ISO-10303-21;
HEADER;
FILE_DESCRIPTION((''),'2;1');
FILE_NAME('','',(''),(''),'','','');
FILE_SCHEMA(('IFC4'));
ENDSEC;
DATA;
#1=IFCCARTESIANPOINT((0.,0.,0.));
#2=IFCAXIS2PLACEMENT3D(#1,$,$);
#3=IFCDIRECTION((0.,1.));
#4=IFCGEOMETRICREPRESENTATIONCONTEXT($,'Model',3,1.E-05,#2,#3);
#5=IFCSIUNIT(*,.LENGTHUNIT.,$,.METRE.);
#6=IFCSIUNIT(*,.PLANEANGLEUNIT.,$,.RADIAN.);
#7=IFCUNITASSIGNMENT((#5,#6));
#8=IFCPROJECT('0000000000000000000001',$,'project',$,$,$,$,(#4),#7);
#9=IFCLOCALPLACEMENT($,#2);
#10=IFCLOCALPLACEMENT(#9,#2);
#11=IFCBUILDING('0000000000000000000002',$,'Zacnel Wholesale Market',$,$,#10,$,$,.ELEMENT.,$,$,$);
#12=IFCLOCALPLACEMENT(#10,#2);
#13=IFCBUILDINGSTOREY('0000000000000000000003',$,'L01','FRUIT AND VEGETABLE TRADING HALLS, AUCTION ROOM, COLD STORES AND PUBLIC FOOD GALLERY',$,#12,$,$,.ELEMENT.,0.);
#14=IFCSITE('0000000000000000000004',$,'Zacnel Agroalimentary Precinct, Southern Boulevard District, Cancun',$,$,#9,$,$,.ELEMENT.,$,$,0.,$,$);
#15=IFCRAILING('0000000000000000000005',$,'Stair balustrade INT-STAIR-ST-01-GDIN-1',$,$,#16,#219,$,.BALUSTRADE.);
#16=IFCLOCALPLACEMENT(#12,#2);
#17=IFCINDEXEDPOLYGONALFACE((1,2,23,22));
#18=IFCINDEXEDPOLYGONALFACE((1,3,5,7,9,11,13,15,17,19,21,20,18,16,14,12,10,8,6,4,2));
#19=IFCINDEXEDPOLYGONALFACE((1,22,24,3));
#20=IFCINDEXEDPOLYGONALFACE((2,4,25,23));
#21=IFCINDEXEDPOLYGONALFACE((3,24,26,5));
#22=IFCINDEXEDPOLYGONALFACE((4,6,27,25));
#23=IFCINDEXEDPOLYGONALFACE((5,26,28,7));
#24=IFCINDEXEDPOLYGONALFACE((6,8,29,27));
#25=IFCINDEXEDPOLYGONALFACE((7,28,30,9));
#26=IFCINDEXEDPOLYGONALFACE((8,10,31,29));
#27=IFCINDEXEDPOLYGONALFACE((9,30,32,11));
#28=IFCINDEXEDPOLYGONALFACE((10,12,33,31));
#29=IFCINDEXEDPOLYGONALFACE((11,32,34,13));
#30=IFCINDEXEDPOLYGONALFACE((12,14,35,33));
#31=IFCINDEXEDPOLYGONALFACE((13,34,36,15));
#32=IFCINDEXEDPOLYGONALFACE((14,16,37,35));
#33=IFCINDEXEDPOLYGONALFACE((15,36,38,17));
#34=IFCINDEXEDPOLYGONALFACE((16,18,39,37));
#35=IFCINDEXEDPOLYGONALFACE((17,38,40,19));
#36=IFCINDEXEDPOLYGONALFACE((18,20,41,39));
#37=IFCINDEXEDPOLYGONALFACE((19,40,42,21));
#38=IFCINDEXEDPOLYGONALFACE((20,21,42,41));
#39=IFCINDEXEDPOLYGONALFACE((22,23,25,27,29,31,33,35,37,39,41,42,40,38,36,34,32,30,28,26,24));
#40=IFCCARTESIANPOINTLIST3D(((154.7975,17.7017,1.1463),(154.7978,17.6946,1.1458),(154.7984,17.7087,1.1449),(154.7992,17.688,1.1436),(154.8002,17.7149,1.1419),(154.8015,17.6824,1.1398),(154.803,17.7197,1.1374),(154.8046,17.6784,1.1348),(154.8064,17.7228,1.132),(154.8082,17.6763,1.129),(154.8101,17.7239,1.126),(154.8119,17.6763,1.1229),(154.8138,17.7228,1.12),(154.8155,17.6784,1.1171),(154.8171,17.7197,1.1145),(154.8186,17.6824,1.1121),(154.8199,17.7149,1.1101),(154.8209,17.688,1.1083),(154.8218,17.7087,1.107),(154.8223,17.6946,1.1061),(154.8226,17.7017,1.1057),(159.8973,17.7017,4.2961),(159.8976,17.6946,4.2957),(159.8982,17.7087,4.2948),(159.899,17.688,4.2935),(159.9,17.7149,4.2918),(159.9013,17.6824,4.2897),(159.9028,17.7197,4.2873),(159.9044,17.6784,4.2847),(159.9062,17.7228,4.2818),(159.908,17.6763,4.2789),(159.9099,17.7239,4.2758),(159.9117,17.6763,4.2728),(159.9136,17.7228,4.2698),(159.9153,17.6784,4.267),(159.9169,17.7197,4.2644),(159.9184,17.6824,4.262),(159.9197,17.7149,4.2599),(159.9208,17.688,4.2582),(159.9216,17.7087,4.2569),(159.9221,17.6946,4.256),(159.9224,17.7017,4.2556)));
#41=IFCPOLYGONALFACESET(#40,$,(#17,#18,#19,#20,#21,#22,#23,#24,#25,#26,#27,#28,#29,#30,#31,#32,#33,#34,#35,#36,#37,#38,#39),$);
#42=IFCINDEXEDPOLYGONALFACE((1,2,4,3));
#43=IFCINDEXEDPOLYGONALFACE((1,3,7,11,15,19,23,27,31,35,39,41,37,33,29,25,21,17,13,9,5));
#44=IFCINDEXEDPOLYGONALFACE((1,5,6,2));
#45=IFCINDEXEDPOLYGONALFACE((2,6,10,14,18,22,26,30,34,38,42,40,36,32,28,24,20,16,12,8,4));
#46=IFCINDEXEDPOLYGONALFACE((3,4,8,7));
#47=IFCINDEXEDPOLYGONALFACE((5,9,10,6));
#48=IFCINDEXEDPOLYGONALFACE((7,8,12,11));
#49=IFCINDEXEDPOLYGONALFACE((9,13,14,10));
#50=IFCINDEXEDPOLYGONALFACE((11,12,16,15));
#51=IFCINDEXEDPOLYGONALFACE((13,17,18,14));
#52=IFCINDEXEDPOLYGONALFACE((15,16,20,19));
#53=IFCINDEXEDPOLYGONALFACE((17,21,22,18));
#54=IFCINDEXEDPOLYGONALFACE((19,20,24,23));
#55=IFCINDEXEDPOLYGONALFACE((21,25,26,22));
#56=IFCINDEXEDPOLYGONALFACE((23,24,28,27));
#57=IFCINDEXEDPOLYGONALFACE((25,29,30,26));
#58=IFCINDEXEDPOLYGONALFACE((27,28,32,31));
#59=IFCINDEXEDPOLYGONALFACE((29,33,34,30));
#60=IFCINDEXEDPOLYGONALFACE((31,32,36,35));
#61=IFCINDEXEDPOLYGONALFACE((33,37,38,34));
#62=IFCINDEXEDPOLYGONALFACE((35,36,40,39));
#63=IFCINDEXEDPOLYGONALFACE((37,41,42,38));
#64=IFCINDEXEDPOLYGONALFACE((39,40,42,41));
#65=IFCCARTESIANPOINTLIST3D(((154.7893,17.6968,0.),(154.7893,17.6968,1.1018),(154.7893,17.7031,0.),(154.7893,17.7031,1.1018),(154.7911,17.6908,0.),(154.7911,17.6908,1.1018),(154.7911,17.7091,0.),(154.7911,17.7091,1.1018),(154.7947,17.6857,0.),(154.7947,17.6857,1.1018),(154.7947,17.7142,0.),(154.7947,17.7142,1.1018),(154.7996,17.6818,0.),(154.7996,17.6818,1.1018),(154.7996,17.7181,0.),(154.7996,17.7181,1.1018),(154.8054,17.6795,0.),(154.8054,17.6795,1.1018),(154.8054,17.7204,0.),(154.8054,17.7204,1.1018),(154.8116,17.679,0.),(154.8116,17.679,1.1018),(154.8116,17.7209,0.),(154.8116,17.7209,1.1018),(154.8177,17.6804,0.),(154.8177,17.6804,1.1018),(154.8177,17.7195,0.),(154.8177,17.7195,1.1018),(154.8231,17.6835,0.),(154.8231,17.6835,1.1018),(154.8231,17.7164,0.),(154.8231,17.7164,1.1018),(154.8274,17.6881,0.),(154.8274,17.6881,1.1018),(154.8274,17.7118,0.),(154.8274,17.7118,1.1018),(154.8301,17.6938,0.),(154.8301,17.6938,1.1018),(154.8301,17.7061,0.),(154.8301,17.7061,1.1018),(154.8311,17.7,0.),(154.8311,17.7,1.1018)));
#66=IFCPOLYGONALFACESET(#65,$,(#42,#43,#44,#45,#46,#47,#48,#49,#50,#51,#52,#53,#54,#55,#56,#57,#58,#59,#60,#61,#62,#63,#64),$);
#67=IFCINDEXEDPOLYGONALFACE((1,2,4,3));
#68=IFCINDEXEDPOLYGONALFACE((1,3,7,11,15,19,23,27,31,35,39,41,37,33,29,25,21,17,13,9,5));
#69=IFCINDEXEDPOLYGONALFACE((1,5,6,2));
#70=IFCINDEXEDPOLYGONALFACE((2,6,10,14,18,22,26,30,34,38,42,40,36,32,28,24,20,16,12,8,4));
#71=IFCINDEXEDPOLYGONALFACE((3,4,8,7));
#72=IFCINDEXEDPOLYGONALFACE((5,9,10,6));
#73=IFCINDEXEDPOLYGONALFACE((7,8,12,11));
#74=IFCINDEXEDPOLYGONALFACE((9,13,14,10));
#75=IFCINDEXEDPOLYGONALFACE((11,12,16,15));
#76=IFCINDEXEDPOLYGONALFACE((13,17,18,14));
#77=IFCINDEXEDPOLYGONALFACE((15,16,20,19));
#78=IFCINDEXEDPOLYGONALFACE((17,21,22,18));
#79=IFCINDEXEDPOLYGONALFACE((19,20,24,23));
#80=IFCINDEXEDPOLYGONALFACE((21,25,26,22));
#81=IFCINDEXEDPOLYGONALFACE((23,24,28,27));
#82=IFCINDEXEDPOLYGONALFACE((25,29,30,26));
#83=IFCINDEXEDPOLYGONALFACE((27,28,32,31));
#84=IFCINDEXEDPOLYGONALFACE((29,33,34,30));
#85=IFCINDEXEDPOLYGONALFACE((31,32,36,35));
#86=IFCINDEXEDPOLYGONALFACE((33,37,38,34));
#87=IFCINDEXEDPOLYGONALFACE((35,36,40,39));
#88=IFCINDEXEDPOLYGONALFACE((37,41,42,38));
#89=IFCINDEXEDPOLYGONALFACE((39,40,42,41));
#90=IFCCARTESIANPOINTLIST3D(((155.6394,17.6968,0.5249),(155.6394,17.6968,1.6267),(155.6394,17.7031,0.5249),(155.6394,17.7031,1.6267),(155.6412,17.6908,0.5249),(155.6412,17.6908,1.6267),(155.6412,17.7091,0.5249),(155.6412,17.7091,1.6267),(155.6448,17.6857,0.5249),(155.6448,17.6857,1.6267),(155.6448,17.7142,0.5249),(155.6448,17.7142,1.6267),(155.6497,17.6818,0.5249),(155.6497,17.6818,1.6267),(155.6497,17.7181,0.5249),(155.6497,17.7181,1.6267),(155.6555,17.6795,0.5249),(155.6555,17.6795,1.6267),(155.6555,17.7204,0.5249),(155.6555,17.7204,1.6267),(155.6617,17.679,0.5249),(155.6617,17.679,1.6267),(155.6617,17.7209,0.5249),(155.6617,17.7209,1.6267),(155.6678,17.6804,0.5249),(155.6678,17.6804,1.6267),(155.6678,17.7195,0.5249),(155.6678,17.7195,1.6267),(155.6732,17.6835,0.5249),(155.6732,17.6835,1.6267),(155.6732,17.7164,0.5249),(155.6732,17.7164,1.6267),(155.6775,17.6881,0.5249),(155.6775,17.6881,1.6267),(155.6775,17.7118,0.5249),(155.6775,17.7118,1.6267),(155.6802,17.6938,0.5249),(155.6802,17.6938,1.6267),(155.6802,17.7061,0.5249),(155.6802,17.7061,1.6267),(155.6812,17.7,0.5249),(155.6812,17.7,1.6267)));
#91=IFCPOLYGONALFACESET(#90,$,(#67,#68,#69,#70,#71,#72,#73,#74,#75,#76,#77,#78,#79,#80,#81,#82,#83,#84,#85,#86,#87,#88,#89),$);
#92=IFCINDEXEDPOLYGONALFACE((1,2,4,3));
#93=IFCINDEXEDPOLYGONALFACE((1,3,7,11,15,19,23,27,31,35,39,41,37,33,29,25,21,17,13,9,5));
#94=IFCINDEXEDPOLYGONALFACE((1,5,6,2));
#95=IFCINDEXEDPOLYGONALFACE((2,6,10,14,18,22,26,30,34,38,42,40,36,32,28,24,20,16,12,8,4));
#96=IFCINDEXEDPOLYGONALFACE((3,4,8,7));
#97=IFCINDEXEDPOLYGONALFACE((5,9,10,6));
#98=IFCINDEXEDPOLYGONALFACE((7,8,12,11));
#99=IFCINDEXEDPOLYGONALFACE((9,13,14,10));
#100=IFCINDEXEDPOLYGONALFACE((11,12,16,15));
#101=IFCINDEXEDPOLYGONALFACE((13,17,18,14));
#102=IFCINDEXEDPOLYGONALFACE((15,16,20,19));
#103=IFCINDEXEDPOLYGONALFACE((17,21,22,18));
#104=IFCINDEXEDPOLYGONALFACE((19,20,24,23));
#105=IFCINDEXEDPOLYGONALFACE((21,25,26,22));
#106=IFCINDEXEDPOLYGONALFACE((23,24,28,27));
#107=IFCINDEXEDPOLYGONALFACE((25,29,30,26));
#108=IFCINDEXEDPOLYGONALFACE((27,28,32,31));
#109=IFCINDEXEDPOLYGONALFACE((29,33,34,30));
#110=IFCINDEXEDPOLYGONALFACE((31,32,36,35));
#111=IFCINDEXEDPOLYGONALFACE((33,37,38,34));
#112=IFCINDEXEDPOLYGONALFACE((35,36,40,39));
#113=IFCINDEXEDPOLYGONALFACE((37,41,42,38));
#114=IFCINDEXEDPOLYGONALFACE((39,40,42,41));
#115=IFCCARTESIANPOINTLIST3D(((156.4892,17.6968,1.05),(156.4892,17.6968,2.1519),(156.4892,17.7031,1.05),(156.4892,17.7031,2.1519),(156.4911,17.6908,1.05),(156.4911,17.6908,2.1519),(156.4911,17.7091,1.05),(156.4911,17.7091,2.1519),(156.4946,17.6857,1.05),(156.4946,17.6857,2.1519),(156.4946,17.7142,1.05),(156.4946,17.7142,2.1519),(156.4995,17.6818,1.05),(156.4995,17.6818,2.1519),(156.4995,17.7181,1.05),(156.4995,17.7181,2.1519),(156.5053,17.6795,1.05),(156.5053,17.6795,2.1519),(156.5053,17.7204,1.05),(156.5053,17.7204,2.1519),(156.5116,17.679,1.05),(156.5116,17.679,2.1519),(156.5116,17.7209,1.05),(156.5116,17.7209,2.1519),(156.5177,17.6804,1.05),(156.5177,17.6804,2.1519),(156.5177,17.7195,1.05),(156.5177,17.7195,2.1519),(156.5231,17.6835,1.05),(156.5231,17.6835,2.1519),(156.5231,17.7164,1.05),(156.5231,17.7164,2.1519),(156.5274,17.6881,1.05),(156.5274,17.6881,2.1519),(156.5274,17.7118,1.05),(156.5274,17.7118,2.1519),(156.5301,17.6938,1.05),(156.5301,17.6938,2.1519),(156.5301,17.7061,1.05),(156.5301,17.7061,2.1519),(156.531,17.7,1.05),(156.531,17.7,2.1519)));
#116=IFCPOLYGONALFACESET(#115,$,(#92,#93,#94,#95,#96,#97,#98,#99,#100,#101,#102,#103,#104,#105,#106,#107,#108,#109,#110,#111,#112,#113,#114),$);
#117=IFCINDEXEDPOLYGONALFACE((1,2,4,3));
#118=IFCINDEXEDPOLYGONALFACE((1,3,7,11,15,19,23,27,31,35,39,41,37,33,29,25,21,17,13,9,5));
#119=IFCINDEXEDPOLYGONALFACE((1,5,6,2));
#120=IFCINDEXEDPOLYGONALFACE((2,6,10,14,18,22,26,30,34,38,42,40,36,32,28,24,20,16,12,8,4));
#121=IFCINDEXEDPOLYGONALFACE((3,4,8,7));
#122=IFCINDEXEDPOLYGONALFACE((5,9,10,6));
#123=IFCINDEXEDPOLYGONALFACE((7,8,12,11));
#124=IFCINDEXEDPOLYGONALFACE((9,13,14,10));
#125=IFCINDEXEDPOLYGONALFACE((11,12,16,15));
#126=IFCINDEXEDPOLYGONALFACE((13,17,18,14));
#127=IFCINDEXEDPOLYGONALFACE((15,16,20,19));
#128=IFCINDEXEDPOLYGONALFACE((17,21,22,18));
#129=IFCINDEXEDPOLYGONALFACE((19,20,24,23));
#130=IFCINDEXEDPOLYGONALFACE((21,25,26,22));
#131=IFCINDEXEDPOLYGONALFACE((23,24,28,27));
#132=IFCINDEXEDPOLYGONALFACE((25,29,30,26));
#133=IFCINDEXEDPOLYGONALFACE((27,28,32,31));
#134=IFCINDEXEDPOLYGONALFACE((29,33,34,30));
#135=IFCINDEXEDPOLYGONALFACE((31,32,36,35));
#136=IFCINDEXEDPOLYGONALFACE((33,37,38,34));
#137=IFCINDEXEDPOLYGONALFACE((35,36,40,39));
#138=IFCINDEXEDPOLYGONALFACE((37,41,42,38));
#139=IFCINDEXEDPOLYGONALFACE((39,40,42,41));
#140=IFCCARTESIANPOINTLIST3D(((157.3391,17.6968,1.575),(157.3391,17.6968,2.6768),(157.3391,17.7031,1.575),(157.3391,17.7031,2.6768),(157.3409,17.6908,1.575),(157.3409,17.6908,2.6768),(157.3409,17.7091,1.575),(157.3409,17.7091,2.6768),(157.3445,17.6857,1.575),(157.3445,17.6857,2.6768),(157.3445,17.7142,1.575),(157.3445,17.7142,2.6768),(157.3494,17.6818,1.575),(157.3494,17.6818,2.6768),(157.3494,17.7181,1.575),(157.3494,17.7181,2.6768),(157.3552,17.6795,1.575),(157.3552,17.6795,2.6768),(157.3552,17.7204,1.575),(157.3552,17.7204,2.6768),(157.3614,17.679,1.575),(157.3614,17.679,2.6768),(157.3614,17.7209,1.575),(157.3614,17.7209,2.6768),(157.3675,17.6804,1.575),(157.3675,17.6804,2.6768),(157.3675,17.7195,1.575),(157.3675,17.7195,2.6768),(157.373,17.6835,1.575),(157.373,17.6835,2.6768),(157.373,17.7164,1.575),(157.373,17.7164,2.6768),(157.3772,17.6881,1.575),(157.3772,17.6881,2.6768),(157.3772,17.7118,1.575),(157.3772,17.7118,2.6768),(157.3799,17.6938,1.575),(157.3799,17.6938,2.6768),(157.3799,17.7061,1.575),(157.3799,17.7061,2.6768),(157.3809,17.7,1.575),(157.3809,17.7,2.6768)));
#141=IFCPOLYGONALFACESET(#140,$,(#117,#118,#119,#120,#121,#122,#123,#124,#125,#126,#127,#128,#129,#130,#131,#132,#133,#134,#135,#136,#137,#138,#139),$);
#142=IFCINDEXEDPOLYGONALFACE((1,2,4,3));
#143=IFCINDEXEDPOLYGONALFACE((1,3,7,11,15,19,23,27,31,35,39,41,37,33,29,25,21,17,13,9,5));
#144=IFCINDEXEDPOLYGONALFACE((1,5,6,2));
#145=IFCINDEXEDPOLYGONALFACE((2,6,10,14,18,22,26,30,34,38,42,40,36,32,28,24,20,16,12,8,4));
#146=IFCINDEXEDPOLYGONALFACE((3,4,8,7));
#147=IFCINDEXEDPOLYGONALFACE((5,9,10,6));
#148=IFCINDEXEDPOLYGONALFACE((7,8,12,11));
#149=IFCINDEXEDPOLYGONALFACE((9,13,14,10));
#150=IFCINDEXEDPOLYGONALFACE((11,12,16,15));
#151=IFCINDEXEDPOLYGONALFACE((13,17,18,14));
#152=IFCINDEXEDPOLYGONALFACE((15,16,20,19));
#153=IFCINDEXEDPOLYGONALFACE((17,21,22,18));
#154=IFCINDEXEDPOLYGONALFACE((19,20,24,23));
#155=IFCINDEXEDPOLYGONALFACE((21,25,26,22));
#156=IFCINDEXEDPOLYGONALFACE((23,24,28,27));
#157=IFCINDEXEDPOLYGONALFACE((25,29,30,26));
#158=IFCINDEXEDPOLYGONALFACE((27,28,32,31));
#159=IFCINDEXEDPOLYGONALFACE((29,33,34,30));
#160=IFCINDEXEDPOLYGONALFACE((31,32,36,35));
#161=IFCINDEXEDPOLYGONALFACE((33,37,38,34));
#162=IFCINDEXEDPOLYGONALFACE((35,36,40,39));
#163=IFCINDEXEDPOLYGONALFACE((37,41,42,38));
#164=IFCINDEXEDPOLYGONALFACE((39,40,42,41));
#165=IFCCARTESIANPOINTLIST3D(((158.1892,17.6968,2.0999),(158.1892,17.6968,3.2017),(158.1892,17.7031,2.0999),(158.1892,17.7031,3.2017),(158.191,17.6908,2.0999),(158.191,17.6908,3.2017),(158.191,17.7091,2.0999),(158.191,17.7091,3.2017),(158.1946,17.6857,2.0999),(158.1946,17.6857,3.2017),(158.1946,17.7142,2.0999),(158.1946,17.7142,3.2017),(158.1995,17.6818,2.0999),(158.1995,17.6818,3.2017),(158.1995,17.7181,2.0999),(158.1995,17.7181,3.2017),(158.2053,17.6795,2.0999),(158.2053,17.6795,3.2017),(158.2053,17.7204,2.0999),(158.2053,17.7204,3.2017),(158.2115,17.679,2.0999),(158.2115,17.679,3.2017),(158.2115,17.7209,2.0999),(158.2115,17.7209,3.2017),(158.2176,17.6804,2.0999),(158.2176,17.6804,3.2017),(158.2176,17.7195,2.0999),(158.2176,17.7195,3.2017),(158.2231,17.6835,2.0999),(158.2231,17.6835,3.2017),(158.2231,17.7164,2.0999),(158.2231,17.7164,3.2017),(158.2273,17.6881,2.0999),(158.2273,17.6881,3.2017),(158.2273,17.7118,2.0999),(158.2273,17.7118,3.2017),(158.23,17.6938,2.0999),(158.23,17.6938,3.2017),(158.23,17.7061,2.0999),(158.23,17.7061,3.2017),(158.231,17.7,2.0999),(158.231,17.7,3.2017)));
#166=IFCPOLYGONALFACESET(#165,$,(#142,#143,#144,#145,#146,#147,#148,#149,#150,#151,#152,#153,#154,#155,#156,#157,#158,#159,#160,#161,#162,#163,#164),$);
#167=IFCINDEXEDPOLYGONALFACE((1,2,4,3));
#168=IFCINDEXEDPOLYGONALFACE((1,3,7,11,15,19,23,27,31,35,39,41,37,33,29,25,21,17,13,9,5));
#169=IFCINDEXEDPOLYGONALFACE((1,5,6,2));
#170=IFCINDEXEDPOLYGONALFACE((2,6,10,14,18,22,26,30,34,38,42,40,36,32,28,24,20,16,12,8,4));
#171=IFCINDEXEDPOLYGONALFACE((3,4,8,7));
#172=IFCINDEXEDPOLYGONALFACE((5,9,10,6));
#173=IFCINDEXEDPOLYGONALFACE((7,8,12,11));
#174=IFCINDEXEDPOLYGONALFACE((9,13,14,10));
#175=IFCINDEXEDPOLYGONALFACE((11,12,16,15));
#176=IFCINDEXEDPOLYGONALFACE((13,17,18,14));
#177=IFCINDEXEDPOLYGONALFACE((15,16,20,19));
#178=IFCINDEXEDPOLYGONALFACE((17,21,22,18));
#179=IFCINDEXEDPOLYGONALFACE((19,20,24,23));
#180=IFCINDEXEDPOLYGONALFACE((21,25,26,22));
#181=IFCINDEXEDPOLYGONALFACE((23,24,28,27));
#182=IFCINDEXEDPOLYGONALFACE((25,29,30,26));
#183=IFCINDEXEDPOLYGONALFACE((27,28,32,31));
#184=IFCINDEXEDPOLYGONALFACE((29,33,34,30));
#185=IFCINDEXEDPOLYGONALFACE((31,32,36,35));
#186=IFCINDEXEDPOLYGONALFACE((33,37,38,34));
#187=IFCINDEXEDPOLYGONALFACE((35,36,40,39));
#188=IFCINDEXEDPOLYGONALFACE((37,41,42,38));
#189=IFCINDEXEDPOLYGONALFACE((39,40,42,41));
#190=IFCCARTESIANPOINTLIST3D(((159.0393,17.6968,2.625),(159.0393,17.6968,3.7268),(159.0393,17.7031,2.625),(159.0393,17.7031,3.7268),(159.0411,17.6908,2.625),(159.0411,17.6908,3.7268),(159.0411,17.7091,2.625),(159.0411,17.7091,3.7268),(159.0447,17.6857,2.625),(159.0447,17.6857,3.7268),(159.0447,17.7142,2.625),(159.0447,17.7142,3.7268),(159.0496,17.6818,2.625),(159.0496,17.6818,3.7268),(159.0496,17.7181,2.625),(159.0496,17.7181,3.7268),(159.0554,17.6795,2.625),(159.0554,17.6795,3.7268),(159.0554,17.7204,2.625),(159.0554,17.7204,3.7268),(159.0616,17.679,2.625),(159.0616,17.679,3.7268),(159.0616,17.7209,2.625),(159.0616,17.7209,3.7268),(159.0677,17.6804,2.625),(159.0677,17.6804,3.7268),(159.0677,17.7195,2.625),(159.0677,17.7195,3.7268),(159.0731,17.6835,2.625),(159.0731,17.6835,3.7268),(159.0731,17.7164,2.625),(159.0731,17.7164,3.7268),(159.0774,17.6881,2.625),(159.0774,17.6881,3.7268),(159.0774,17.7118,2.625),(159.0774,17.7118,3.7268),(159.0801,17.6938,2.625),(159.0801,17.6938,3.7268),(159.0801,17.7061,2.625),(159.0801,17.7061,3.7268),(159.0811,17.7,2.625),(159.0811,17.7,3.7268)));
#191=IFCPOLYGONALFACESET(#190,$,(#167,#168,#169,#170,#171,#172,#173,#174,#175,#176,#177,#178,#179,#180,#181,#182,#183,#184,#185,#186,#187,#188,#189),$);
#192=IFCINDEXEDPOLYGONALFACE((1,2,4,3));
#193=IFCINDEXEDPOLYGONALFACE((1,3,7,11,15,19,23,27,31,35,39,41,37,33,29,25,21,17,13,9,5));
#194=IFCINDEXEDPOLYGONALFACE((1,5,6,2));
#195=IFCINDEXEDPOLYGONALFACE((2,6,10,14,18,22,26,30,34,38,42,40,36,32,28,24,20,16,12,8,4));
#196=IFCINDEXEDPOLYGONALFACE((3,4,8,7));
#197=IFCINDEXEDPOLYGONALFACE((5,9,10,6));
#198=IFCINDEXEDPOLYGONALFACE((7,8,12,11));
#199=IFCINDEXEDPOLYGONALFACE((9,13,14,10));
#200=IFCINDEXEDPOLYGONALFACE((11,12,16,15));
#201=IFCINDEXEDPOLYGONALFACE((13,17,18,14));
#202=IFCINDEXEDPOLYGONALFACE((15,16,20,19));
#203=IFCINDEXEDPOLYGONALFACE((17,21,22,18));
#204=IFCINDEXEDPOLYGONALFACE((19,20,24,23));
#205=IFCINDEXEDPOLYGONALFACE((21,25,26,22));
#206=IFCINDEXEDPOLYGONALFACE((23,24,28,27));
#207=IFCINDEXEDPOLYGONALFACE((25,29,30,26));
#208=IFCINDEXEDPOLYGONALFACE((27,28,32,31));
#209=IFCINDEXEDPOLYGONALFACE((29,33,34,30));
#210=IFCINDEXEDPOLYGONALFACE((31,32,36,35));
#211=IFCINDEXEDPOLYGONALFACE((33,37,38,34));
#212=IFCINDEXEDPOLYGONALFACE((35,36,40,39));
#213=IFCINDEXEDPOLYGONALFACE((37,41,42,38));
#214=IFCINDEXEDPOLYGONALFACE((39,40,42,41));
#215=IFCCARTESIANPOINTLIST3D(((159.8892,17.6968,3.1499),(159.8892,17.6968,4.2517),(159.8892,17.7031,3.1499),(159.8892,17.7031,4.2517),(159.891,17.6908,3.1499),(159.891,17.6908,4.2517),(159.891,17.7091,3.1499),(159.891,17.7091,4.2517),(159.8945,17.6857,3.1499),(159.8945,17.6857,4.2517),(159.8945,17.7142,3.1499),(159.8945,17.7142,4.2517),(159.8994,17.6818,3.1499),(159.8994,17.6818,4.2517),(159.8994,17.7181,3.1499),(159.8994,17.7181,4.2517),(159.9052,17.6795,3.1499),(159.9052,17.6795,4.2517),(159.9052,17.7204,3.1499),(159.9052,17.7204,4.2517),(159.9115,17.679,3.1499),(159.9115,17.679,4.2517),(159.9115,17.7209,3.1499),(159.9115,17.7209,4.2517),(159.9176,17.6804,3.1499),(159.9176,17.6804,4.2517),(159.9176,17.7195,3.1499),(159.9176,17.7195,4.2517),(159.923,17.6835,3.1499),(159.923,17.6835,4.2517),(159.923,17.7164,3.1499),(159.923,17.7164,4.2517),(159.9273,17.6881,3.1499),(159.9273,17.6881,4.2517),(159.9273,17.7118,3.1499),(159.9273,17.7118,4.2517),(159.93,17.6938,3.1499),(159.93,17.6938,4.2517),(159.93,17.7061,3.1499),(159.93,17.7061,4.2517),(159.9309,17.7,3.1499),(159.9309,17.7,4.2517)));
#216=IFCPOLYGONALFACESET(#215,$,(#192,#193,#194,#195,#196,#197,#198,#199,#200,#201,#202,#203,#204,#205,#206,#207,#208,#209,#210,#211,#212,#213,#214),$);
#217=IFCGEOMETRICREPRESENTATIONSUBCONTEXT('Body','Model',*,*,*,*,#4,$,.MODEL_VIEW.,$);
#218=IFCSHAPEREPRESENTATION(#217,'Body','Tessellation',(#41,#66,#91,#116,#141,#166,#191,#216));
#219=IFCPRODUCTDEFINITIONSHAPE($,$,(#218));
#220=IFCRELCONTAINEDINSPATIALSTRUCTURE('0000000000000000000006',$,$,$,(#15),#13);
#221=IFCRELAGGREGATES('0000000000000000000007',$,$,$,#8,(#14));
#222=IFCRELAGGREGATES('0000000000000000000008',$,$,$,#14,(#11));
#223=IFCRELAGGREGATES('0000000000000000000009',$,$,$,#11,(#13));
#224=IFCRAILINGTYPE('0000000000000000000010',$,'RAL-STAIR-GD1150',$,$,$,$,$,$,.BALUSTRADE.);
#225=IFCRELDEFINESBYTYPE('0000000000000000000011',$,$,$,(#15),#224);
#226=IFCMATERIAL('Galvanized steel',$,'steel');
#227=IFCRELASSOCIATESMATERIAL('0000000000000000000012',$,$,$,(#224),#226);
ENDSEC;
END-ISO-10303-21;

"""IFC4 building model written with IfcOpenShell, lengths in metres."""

from ifc_helpers import new_model, si_unit, direction, frame, origin, origin_2d, place, context, subcontext, project, spatial, circle, extrude, material, type_object, element, save


model = new_model("IFC4")

# Units and contexts
model_context = context("Model", 3, precision=1e-05, world=origin(), true_north=direction((0.0, 1.0)))
body_context = subcontext(model_context, "Body", "Model", "MODEL_VIEW")
ifc_project = project(units=[si_unit("LENGTHUNIT", "METRE"), si_unit("PLANEANGLEUNIT", "RADIAN")], contexts=[model_context])

# Site, building, storey
site_placement = place(None, origin())
site = spatial("IfcSite", under=ifc_project, at=site_placement, Name="Zacnel Agroalimentary Precinct, Southern Boulevard District, Cancun", CompositionType="ELEMENT", RefElevation=0.0)
building_placement = place(site_placement, origin())
building = spatial("IfcBuilding", under=site, at=building_placement, Name="Zacnel Wholesale Market", CompositionType="ELEMENT")
storey_placement = place(building_placement, origin())
storey = spatial("IfcBuildingStorey", under=building, at=storey_placement, Name="L01", Description="FRUIT AND VEGETABLE TRADING HALLS, AUCTION ROOM, COLD STORES AND PUBLIC FOOD GALLERY", CompositionType="ELEMENT", Elevation=0.0)

# Railing
ifc_material_1 = material(Name="Galvanized steel", Category="steel")
railing_type_1 = type_object("IfcRailingType", Name="RAL-STAIR-GD1150", PredefinedType="BALUSTRADE", material=ifc_material_1)
railing_1_placement = place(storey_placement, frame((154.8101, 17.7, 0.0)))
element("IfcRailing", 1, at=railing_1_placement, inside=storey, type_object=railing_type_1, Name="Stair balustrade INT-STAIR-ST-01-GDIN-1", PredefinedType="BALUSTRADE", context=body_context, shape_type="SweptSolid", body=[
    extrude(circle(Radius=0.0239, at=origin_2d()), frame((0.0, 0.0, 1.126), z_axis=(0.850799, 0.0, 0.525492), x_axis=(0.0, 1.0, 0.0)), (0.0, 0.0, 1.0), 5.9941),
    extrude(circle(Radius=0.021, at=origin_2d()), origin(), (0.0, 0.0, 1.0), 1.1018),
    extrude(circle(Radius=0.021, at=origin_2d()), frame((0.8501, 0.0, 0.5249)), (0.0, 0.0, 1.0), 1.1018),
    extrude(circle(Radius=0.021, at=origin_2d()), frame((1.7, 0.0, 1.05)), (0.0, 0.0, 1.0), 1.1018),
    extrude(circle(Radius=0.021, at=origin_2d()), frame((2.5498, 0.0, 1.575)), (0.0, 0.0, 1.0), 1.1018),
    extrude(circle(Radius=0.021, at=origin_2d()), frame((3.3999, 0.0, 2.0999)), (0.0, 0.0, 1.0), 1.1018),
    extrude(circle(Radius=0.021, at=origin_2d()), frame((4.25, 0.0, 2.625)), (0.0, 0.0, 1.0), 1.1018),
    extrude(circle(Radius=0.021, at=origin_2d()), frame((5.0999, 0.0, 3.1499)), (0.0, 0.0, 1.0), 1.1018),
])

save(model, "model.ifc")
